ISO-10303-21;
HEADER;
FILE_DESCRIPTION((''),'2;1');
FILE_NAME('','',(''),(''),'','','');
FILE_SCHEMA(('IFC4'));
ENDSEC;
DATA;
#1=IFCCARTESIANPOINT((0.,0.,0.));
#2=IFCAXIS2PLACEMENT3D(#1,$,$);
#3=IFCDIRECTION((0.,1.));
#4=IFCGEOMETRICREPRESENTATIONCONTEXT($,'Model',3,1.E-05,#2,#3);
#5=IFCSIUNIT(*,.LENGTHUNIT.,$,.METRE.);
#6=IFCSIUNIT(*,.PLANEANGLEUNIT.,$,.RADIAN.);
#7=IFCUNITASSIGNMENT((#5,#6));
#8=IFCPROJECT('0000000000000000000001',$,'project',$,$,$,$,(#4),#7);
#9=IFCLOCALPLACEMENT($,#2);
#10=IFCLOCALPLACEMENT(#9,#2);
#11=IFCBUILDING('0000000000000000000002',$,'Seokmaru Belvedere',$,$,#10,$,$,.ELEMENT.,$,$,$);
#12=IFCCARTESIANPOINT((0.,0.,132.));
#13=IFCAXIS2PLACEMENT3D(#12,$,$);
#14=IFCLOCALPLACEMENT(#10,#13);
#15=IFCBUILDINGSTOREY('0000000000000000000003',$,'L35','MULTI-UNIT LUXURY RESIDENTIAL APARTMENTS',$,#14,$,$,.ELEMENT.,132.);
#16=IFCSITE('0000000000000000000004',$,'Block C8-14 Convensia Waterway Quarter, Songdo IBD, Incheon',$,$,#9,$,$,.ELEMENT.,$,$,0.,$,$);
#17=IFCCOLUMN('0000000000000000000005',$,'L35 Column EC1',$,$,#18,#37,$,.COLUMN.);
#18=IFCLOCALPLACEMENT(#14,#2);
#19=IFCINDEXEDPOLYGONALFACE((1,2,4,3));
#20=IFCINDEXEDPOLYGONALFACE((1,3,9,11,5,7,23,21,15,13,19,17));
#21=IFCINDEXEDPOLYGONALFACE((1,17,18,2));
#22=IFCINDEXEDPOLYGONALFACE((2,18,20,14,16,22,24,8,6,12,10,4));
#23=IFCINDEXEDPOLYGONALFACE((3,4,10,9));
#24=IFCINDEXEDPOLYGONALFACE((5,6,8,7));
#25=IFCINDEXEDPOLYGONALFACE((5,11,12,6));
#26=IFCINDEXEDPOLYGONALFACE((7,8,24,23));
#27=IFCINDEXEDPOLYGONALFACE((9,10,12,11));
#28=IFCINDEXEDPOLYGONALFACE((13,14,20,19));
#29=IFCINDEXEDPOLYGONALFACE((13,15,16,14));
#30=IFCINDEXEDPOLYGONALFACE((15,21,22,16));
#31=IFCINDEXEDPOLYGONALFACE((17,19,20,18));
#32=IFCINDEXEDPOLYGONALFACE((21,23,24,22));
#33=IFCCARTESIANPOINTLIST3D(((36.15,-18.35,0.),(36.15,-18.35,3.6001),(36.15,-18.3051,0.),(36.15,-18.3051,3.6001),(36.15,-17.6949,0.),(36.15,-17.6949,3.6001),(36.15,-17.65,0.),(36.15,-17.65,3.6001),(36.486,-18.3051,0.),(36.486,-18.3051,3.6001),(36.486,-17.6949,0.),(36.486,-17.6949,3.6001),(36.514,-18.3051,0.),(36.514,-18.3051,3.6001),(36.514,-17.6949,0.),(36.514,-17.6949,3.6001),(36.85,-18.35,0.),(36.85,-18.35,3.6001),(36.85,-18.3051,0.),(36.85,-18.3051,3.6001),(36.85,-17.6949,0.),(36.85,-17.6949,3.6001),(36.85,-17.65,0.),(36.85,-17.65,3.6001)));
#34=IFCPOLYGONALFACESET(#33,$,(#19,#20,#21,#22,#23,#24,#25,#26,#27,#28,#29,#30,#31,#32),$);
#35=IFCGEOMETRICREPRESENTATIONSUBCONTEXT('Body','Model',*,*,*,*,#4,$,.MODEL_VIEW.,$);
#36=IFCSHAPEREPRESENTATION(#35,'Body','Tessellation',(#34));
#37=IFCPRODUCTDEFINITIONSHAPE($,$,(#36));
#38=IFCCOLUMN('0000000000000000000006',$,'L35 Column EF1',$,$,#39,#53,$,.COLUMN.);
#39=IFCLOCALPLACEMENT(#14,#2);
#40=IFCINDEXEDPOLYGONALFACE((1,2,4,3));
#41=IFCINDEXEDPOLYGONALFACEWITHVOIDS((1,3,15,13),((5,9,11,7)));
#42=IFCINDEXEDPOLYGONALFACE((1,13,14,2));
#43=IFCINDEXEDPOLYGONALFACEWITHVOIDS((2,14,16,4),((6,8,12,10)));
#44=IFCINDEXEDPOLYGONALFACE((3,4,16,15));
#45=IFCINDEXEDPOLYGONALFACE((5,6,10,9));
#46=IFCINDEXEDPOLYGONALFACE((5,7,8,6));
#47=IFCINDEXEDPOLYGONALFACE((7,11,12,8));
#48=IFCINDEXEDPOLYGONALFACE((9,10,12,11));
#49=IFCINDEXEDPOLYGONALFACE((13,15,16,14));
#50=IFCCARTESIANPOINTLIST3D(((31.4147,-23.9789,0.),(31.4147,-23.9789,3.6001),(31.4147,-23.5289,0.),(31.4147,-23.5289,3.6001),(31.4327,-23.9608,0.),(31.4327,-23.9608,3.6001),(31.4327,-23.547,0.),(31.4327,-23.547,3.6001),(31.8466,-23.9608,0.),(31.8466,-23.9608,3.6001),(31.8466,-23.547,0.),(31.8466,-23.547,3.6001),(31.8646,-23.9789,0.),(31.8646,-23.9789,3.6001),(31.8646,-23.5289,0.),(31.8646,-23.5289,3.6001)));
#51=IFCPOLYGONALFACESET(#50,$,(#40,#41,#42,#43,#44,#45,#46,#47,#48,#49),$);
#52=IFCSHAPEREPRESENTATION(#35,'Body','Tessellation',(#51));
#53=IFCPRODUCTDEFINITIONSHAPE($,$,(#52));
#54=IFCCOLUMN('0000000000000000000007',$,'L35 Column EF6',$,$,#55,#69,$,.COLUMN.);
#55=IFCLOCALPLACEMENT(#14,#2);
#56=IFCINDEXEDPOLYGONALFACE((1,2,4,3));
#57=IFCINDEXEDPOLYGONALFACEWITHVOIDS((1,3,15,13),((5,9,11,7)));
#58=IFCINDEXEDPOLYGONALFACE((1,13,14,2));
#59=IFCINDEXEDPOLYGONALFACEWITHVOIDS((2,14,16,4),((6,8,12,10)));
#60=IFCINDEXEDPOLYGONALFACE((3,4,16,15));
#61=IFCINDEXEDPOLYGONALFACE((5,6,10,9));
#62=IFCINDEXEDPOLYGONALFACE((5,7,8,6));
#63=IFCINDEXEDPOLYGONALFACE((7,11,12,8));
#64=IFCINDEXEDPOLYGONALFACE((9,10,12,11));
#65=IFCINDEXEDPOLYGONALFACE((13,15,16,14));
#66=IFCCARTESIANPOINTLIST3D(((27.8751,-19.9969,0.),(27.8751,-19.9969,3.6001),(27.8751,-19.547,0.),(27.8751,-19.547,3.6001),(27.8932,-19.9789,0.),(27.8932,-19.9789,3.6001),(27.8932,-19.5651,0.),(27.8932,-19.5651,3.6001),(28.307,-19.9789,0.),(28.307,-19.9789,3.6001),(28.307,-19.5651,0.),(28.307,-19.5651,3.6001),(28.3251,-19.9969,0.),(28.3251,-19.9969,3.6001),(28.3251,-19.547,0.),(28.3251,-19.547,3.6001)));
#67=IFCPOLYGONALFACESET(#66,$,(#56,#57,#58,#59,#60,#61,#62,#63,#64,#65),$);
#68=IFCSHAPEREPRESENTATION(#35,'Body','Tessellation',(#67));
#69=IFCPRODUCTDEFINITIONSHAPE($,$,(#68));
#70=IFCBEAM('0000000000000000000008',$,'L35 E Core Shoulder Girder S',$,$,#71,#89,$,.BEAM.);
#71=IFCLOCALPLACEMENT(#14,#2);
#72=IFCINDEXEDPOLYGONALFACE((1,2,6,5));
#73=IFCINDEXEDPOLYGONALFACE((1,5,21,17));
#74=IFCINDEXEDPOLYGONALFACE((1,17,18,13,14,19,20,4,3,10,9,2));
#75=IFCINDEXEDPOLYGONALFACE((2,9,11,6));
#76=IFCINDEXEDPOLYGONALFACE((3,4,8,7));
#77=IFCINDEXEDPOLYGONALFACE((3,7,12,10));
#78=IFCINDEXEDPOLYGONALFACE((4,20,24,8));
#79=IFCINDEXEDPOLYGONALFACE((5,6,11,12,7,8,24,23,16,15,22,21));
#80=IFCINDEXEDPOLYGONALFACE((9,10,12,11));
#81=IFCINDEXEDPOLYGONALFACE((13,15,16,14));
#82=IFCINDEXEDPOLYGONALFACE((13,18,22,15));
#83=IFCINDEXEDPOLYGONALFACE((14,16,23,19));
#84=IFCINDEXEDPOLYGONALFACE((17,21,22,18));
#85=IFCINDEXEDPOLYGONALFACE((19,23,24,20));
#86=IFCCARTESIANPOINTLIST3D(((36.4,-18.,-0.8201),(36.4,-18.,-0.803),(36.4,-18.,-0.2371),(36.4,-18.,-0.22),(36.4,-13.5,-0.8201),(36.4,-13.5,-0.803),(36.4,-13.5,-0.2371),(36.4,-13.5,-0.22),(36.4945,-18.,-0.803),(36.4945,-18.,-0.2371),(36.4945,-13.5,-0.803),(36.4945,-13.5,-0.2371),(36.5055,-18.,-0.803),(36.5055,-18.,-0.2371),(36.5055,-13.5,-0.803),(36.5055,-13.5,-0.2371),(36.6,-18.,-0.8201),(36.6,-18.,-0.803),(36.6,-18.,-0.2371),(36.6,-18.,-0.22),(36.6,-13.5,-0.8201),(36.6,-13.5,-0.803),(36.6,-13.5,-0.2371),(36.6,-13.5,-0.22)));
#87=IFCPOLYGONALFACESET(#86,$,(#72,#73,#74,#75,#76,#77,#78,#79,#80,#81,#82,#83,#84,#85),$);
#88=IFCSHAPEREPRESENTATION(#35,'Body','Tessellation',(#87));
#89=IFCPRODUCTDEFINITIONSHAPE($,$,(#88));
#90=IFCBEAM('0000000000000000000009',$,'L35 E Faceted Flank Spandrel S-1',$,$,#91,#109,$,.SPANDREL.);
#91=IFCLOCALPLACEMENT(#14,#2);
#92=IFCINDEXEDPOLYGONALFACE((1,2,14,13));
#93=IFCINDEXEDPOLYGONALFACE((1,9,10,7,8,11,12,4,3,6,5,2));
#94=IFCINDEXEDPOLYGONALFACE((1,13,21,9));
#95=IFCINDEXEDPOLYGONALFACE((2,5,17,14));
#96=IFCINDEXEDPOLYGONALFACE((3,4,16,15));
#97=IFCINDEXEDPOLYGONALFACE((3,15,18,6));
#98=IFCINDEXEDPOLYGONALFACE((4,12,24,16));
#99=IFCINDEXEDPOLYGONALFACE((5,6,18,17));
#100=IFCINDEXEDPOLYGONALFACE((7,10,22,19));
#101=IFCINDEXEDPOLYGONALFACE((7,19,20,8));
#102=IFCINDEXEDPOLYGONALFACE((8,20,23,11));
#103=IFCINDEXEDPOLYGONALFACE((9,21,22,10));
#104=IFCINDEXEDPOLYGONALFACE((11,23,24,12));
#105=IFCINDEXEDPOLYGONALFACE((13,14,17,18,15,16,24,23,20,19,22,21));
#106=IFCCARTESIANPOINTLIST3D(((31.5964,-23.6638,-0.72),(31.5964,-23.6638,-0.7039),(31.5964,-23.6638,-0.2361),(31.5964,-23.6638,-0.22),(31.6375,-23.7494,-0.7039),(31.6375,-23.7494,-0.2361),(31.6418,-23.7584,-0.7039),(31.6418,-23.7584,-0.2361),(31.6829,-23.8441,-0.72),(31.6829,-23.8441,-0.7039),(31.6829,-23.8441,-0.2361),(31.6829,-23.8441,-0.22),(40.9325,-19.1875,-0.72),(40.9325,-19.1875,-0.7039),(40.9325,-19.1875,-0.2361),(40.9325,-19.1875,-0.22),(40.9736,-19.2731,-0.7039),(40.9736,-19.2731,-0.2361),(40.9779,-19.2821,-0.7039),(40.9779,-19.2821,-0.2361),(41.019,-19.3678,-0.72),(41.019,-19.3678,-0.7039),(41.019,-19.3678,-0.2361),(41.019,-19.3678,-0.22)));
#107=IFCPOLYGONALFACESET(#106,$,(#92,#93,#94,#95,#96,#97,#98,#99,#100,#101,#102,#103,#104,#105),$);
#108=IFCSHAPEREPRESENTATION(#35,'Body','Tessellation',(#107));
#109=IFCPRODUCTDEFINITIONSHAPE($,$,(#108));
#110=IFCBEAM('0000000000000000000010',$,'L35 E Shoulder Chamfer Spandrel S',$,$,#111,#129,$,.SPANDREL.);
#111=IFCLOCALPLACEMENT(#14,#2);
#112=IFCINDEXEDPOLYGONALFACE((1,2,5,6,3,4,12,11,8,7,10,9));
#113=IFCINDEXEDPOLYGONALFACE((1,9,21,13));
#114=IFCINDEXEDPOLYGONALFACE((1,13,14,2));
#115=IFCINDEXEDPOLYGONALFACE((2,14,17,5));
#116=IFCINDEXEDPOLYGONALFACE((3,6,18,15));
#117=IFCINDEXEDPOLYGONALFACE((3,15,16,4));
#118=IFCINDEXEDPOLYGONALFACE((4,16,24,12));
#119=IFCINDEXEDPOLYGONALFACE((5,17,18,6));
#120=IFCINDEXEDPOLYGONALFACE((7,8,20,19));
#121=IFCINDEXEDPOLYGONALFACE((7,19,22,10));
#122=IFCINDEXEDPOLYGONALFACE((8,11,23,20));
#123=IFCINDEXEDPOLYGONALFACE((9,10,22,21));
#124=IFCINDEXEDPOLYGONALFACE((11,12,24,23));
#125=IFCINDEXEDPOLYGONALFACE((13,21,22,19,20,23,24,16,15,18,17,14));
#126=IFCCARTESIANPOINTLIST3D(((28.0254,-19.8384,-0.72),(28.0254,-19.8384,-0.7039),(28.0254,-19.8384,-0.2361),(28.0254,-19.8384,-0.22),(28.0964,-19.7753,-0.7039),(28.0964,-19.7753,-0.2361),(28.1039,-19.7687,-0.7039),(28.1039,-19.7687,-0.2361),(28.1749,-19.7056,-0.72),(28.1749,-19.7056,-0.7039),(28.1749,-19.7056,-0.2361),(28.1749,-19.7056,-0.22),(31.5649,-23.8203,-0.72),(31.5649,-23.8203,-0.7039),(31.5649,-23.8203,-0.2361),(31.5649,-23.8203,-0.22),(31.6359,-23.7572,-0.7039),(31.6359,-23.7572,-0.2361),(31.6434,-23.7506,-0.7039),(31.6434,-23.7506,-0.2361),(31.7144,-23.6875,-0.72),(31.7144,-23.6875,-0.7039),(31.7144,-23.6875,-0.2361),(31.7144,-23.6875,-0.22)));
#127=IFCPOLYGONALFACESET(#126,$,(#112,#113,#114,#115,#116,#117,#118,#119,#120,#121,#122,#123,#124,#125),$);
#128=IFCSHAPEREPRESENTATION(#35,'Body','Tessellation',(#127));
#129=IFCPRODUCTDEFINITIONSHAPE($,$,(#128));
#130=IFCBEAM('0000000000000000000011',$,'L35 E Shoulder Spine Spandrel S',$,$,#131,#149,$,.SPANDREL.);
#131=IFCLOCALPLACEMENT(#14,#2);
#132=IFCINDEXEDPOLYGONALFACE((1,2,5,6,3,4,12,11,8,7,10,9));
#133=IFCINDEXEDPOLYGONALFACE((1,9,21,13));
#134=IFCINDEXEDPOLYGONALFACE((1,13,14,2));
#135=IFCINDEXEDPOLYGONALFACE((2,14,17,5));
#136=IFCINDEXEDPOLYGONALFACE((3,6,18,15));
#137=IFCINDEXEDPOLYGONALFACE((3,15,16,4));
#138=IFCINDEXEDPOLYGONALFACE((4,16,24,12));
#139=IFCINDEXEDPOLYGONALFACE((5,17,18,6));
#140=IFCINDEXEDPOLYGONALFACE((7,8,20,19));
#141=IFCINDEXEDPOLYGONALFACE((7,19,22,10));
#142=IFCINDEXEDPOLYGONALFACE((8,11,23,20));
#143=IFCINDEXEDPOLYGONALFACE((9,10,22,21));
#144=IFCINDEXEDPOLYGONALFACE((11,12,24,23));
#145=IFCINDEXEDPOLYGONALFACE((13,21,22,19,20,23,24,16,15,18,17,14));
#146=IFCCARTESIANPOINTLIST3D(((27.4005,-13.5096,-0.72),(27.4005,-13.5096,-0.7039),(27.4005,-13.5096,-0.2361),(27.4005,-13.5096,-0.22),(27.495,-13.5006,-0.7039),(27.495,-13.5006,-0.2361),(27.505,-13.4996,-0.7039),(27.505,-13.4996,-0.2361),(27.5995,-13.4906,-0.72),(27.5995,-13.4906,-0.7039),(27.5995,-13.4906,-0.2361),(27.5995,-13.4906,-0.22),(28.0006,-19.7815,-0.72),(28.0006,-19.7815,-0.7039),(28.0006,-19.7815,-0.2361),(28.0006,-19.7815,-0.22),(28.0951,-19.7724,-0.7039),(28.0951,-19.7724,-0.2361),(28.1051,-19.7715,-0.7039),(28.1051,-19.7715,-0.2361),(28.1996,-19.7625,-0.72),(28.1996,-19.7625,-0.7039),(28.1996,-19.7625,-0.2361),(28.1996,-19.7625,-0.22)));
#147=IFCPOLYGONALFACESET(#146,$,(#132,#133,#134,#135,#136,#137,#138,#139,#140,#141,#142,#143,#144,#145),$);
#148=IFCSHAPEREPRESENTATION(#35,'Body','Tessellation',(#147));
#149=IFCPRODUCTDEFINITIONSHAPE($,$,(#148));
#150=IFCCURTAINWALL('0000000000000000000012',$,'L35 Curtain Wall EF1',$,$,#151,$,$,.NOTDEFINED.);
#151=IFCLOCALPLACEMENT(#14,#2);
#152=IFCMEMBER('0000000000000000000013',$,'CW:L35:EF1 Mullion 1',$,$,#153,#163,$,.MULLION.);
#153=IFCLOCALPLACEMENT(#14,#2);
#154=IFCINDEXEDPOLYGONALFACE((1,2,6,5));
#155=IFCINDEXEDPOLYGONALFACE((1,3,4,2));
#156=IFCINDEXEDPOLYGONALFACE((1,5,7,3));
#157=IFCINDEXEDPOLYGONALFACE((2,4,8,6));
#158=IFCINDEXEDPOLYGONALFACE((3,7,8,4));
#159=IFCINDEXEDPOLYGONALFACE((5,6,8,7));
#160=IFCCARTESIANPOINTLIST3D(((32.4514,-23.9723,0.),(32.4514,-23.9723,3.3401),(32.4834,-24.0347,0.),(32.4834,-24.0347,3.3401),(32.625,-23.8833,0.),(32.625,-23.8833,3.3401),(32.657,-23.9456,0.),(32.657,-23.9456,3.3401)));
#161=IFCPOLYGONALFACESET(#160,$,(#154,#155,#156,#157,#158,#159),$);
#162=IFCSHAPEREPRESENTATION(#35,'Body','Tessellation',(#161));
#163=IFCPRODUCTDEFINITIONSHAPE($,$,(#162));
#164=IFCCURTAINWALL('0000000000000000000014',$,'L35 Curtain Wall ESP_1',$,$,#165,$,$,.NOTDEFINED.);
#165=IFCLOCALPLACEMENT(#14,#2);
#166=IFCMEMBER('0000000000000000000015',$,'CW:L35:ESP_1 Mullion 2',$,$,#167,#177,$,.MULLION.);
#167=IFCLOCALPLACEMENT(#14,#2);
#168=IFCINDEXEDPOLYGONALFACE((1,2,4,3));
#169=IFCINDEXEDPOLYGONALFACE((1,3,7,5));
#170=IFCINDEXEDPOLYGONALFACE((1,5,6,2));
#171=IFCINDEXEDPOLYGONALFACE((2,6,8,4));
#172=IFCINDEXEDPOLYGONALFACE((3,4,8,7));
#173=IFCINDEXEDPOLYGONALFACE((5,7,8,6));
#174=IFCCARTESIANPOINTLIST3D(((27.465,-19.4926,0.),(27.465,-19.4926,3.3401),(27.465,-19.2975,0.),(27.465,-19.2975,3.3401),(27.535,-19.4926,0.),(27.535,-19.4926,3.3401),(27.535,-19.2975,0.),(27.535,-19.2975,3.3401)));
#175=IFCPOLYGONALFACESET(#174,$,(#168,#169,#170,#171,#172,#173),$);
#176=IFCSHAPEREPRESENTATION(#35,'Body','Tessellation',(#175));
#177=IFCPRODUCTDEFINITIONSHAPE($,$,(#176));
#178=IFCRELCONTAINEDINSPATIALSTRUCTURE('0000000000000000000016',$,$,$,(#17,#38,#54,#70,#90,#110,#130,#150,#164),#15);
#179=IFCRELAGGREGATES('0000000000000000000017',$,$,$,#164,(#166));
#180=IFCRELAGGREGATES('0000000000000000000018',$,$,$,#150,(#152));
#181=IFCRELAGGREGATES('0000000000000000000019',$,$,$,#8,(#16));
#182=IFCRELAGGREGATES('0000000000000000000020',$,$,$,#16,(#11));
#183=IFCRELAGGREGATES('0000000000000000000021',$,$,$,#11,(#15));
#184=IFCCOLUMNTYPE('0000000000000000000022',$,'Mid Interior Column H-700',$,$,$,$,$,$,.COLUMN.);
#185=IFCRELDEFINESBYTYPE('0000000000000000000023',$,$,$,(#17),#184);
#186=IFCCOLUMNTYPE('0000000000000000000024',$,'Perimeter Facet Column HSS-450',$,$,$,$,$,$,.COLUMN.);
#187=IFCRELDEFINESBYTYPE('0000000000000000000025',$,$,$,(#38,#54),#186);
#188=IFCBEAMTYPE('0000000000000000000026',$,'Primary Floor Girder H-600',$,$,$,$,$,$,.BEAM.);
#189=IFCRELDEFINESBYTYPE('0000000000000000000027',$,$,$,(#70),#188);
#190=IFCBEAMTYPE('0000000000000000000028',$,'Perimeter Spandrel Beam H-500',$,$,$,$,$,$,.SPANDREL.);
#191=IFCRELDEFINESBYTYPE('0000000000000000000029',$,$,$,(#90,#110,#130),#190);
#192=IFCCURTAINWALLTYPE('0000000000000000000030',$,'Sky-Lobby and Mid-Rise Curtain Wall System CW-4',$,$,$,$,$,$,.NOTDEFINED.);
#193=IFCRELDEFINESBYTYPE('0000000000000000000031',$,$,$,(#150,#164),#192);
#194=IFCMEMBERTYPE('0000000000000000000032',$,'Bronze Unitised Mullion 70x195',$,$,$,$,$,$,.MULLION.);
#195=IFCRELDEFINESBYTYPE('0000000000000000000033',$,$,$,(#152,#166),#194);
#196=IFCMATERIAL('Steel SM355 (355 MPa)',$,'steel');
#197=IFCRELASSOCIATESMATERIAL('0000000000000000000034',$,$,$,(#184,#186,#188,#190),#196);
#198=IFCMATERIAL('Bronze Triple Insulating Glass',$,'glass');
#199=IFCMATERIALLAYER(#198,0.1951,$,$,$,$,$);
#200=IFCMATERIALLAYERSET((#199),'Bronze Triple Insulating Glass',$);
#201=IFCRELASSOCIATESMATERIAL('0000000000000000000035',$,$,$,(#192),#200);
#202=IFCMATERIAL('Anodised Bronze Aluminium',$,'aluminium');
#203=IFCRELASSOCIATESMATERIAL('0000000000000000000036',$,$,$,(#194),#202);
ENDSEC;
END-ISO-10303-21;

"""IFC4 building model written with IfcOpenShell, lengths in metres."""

from ifc_helpers import new_model, si_unit, direction, frame, origin, origin_2d, place, context, subcontext, project, spatial, rectangle, hollow_rectangle, i_section, extrude, source, transform, mapped, material, layer, layer_set, material_profile, profile_set, type_object, type_shapes, element, aggregate, save


model = new_model("IFC4")

# Units and contexts
model_context = context("Model", 3, precision=1e-05, world=origin(), true_north=direction((0.0, 1.0)))
body_context = subcontext(model_context, "Body", "Model", "MODEL_VIEW")
ifc_project = project(units=[si_unit("LENGTHUNIT", "METRE"), si_unit("PLANEANGLEUNIT", "RADIAN")], contexts=[model_context])

# Site, building, storey
site_placement = place(None, origin())
site = spatial("IfcSite", under=ifc_project, at=site_placement, Name="Block C8-14 Convensia Waterway Quarter, Songdo IBD, Incheon", CompositionType="ELEMENT", RefElevation=0.0)
building_placement = place(site_placement, origin())
building = spatial("IfcBuilding", under=site, at=building_placement, Name="Seokmaru Belvedere", CompositionType="ELEMENT")
storey_placement = place(building_placement, frame((0.0, 0.0, 132.0)))
storey = spatial("IfcBuildingStorey", under=building, at=storey_placement, Name="L35", Description="MULTI-UNIT LUXURY RESIDENTIAL APARTMENTS", CompositionType="ELEMENT", Elevation=132.0)

# Columns
ifc_material_1 = material(Name="Steel SM355 (355 MPa)", Category="steel")
ifc_material_profile_1 = material_profile(ifc_material_1, i_section(OverallWidth=0.7, OverallDepth=0.7, WebThickness=0.0281, FlangeThickness=0.0449, at=origin_2d()), Name="H-700x700x28x45")
ifc_profile_set_1 = profile_set([ifc_material_profile_1], Name="Steel SM355 (355 MPa)")
column_type_1 = type_object("IfcColumnType", Name="Mid Interior Column H-700", PredefinedType="COLUMN", material=ifc_profile_set_1)
shared_shape_1 = source(origin(), body_context, "Body", "SweptSolid", [
    extrude(i_section(OverallWidth=0.7, OverallDepth=0.7, WebThickness=0.0281, FlangeThickness=0.0449, at=origin_2d()), origin(), (0.0, 0.0, 1.0), 3.6001),
])
type_shapes(column_type_1, [shared_shape_1])
column_placement = place(storey_placement, frame((36.5, -18.0, 0.0), z_axis=(0.0, 0.0, 1.0), x_axis=(1.0, 0.0, 0.0)))
element("IfcColumn", 1, at=column_placement, inside=storey, type_object=column_type_1, Name="L35 Column EC1", PredefinedType="COLUMN", context=body_context, shape_type="MappedRepresentation", body=[
    mapped(shared_shape_1, transform((0.0, 0.0, 0.0), scale=1.0)),
])
ifc_material_profile_2 = material_profile(ifc_material_1, hollow_rectangle(XDim=0.45, YDim=0.45, WallThickness=0.0181, at=origin_2d()), Name="HSS-450x450x18")
ifc_profile_set_2 = profile_set([ifc_material_profile_2], Name="Steel SM355 (355 MPa)")
column_type_2 = type_object("IfcColumnType", Name="Perimeter Facet Column HSS-450", PredefinedType="COLUMN", material=ifc_profile_set_2)
shared_shape_2 = source(origin(), body_context, "Body", "SweptSolid", [
    extrude(hollow_rectangle(XDim=0.45, YDim=0.45, WallThickness=0.0181, at=origin_2d()), origin(), (0.0, 0.0, 1.0), 3.6001),
])
type_shapes(column_type_2, [shared_shape_2])
for number, where, z_axis, x_axis, name in (
    (2, (31.6396, -23.7539, 0.0), (0.0, 0.0, 1.0), (1.0, 0.0, 0.0), "L35 Column EF1"),
    (3, (28.1001, -19.772, 0.0), (0.0, 0.0, 1.0), (1.0, 0.0, 0.0), "L35 Column EF6"),
):
    element("IfcColumn", number, at=place(storey_placement, frame(where, z_axis=z_axis, x_axis=x_axis)), inside=storey, type_object=column_type_2, Name=name, PredefinedType="COLUMN", context=body_context, shape_type="MappedRepresentation", body=[
        mapped(shared_shape_2, transform((0.0, 0.0, 0.0), scale=1.0)),
    ])

# Beams
ifc_material_profile_3 = material_profile(ifc_material_1, i_section(OverallWidth=0.2, OverallDepth=0.6001, WebThickness=0.011, FlangeThickness=0.0171, at=origin_2d()), Name="H-600x200x11x17")
ifc_profile_set_3 = profile_set([ifc_material_profile_3], Name="Steel SM355 (355 MPa)")
beam_type_1 = type_object("IfcBeamType", Name="Primary Floor Girder H-600", PredefinedType="BEAM", material=ifc_profile_set_3)
shared_shape_3 = source(origin(), body_context, "Body", "SweptSolid", [
    extrude(i_section(OverallWidth=0.2, OverallDepth=0.6001, WebThickness=0.011, FlangeThickness=0.0171, at=origin_2d()), origin(), (0.0, 0.0, 1.0), 4.5),
])
type_shapes(beam_type_1, [shared_shape_3])
beam_1_placement = place(storey_placement, frame((36.5, -18.0, -0.52), z_axis=(0.0, 1.0, 0.0), x_axis=(-1.0, 0.0, 0.0)))
element("IfcBeam", 4, at=beam_1_placement, inside=storey, type_object=beam_type_1, Name="L35 E Core Shoulder Girder S", PredefinedType="BEAM", context=body_context, shape_type="MappedRepresentation", body=[
    mapped(shared_shape_3, transform((0.0, 0.0, 0.0), scale=1.0)),
])
ifc_material_profile_4 = material_profile(ifc_material_1, i_section(OverallWidth=0.2, OverallDepth=0.5, WebThickness=0.01, FlangeThickness=0.0161, at=origin_2d()), Name="H-500x200x10x16")
ifc_profile_set_4 = profile_set([ifc_material_profile_4], Name="Steel SM355 (355 MPa)")
beam_type_2 = type_object("IfcBeamType", Name="Perimeter Spandrel Beam H-500", PredefinedType="SPANDREL", material=ifc_profile_set_4)
shared_shape_4 = source(origin(), body_context, "Body", "SweptSolid", [
    extrude(i_section(OverallWidth=0.2, OverallDepth=0.5, WebThickness=0.01, FlangeThickness=0.0161, at=origin_2d()), origin(), (0.0, 0.0, 1.0), 10.3538),
])
beam_2_placement = place(storey_placement, frame((31.6396, -23.7539, -0.47), z_axis=(0.901713, 0.432335, 0.0), x_axis=(-0.432335, 0.901713, 0.0)))
element("IfcBeam", 5, at=beam_2_placement, inside=storey, type_object=beam_type_2, Name="L35 E Faceted Flank Spandrel S-1", PredefinedType="SPANDREL", context=body_context, shape_type="MappedRepresentation", body=[
    mapped(shared_shape_4, transform((0.0, 0.0, 0.0), scale=1.0)),
])
shared_shape_5 = source(origin(), body_context, "Body", "SweptSolid", [
    extrude(i_section(OverallWidth=0.2, OverallDepth=0.5, WebThickness=0.01, FlangeThickness=0.0161, at=origin_2d()), origin(), (0.0, 0.0, 1.0), 5.3276),
])
beam_3_placement = place(storey_placement, frame((31.6396, -23.7539, -0.47), z_axis=(-0.66437, 0.747404, 0.0), x_axis=(-0.747404, -0.66437, 0.0)))
element("IfcBeam", 6, at=beam_3_placement, inside=storey, type_object=beam_type_2, Name="L35 E Shoulder Chamfer Spandrel S", PredefinedType="SPANDREL", context=body_context, shape_type="MappedRepresentation", body=[
    mapped(shared_shape_5, transform((0.0, 0.0, 0.0), scale=1.0)),
])
shared_shape_6 = source(origin(), body_context, "Body", "SweptSolid", [
    extrude(i_section(OverallWidth=0.2, OverallDepth=0.5, WebThickness=0.01, FlangeThickness=0.0161, at=origin_2d()), origin(), (0.0, 0.0, 1.0), 6.3005),
])
type_shapes(beam_type_2, [shared_shape_4, shared_shape_5, shared_shape_6])
beam_4_placement = place(storey_placement, frame((28.1001, -19.772, -0.47), z_axis=(-0.095244, 0.995454, 0.0), x_axis=(-0.995454, -0.095244, 0.0)))
element("IfcBeam", 7, at=beam_4_placement, inside=storey, type_object=beam_type_2, Name="L35 E Shoulder Spine Spandrel S", PredefinedType="SPANDREL", context=body_context, shape_type="MappedRepresentation", body=[
    mapped(shared_shape_6, transform((0.0, 0.0, 0.0), scale=1.0)),
])

# Curtain walls, members
ifc_material_2 = material(Name="Bronze Triple Insulating Glass", Category="glass")
ifc_layer_1 = layer(ifc_material_2, 0.1951)
ifc_layer_set_1 = layer_set([ifc_layer_1], Name="Bronze Triple Insulating Glass")
curtain_wall_type = type_object("IfcCurtainWallType", Name="Sky-Lobby and Mid-Rise Curtain Wall System CW-4", PredefinedType="NOTDEFINED", material=ifc_layer_set_1)
curtain_wall_1_placement = place(storey_placement, origin())
curtain_wall_1 = element("IfcCurtainWall", 8, at=curtain_wall_1_placement, inside=storey, type_object=curtain_wall_type, Name="L35 Curtain Wall EF1", PredefinedType="NOTDEFINED")
ifc_material_3 = material(Name="Anodised Bronze Aluminium", Category="aluminium")
ifc_material_profile_5 = material_profile(ifc_material_3, rectangle(XDim=0.0701, YDim=0.1951, at=origin_2d()), Name="CW-M-70x195")
ifc_profile_set_5 = profile_set([ifc_material_profile_5], Name="Anodised Bronze Aluminium")
member_type_1 = type_object("IfcMemberType", Name="Bronze Unitised Mullion 70x195", PredefinedType="MULLION", material=ifc_profile_set_5)
shared_shape_7 = source(origin(), body_context, "Body", "SweptSolid", [
    extrude(rectangle(XDim=0.0701, YDim=0.1951, at=origin_2d()), origin(), (0.0, 0.0, 1.0), 3.3401),
])
member_1_placement = place(storey_placement, frame((32.5542, -23.959, 0.0), z_axis=(0.0, 0.0, 1.0), x_axis=(-0.456555, 0.889695, 0.0)))
member_1 = element("IfcMember", 9, at=member_1_placement, type_object=member_type_1, Name="CW:L35:EF1 Mullion 1", PredefinedType="MULLION", context=body_context, shape_type="MappedRepresentation", body=[
    mapped(shared_shape_7, transform((0.0, 0.0, 0.0), scale=1.0)),
])
curtain_wall_2_placement = place(storey_placement, origin())
curtain_wall_2 = element("IfcCurtainWall", 10, at=curtain_wall_2_placement, inside=storey, type_object=curtain_wall_type, Name="L35 Curtain Wall ESP_1", PredefinedType="NOTDEFINED")
member_2_placement = place(storey_placement, frame((27.5, -19.395, 0.0), z_axis=(0.0, 0.0, 1.0), x_axis=(1.0, 0.0, 0.0)))
member_2 = element("IfcMember", 11, at=member_2_placement, type_object=member_type_1, Name="CW:L35:ESP_1 Mullion 2", PredefinedType="MULLION", context=body_context, shape_type="MappedRepresentation", body=[
    mapped(shared_shape_7, transform((0.0, 0.0, 0.0), scale=1.0)),
])

aggregate(curtain_wall_2, [member_2])
aggregate(curtain_wall_1, [member_1])

save(model, "model.ifc")
